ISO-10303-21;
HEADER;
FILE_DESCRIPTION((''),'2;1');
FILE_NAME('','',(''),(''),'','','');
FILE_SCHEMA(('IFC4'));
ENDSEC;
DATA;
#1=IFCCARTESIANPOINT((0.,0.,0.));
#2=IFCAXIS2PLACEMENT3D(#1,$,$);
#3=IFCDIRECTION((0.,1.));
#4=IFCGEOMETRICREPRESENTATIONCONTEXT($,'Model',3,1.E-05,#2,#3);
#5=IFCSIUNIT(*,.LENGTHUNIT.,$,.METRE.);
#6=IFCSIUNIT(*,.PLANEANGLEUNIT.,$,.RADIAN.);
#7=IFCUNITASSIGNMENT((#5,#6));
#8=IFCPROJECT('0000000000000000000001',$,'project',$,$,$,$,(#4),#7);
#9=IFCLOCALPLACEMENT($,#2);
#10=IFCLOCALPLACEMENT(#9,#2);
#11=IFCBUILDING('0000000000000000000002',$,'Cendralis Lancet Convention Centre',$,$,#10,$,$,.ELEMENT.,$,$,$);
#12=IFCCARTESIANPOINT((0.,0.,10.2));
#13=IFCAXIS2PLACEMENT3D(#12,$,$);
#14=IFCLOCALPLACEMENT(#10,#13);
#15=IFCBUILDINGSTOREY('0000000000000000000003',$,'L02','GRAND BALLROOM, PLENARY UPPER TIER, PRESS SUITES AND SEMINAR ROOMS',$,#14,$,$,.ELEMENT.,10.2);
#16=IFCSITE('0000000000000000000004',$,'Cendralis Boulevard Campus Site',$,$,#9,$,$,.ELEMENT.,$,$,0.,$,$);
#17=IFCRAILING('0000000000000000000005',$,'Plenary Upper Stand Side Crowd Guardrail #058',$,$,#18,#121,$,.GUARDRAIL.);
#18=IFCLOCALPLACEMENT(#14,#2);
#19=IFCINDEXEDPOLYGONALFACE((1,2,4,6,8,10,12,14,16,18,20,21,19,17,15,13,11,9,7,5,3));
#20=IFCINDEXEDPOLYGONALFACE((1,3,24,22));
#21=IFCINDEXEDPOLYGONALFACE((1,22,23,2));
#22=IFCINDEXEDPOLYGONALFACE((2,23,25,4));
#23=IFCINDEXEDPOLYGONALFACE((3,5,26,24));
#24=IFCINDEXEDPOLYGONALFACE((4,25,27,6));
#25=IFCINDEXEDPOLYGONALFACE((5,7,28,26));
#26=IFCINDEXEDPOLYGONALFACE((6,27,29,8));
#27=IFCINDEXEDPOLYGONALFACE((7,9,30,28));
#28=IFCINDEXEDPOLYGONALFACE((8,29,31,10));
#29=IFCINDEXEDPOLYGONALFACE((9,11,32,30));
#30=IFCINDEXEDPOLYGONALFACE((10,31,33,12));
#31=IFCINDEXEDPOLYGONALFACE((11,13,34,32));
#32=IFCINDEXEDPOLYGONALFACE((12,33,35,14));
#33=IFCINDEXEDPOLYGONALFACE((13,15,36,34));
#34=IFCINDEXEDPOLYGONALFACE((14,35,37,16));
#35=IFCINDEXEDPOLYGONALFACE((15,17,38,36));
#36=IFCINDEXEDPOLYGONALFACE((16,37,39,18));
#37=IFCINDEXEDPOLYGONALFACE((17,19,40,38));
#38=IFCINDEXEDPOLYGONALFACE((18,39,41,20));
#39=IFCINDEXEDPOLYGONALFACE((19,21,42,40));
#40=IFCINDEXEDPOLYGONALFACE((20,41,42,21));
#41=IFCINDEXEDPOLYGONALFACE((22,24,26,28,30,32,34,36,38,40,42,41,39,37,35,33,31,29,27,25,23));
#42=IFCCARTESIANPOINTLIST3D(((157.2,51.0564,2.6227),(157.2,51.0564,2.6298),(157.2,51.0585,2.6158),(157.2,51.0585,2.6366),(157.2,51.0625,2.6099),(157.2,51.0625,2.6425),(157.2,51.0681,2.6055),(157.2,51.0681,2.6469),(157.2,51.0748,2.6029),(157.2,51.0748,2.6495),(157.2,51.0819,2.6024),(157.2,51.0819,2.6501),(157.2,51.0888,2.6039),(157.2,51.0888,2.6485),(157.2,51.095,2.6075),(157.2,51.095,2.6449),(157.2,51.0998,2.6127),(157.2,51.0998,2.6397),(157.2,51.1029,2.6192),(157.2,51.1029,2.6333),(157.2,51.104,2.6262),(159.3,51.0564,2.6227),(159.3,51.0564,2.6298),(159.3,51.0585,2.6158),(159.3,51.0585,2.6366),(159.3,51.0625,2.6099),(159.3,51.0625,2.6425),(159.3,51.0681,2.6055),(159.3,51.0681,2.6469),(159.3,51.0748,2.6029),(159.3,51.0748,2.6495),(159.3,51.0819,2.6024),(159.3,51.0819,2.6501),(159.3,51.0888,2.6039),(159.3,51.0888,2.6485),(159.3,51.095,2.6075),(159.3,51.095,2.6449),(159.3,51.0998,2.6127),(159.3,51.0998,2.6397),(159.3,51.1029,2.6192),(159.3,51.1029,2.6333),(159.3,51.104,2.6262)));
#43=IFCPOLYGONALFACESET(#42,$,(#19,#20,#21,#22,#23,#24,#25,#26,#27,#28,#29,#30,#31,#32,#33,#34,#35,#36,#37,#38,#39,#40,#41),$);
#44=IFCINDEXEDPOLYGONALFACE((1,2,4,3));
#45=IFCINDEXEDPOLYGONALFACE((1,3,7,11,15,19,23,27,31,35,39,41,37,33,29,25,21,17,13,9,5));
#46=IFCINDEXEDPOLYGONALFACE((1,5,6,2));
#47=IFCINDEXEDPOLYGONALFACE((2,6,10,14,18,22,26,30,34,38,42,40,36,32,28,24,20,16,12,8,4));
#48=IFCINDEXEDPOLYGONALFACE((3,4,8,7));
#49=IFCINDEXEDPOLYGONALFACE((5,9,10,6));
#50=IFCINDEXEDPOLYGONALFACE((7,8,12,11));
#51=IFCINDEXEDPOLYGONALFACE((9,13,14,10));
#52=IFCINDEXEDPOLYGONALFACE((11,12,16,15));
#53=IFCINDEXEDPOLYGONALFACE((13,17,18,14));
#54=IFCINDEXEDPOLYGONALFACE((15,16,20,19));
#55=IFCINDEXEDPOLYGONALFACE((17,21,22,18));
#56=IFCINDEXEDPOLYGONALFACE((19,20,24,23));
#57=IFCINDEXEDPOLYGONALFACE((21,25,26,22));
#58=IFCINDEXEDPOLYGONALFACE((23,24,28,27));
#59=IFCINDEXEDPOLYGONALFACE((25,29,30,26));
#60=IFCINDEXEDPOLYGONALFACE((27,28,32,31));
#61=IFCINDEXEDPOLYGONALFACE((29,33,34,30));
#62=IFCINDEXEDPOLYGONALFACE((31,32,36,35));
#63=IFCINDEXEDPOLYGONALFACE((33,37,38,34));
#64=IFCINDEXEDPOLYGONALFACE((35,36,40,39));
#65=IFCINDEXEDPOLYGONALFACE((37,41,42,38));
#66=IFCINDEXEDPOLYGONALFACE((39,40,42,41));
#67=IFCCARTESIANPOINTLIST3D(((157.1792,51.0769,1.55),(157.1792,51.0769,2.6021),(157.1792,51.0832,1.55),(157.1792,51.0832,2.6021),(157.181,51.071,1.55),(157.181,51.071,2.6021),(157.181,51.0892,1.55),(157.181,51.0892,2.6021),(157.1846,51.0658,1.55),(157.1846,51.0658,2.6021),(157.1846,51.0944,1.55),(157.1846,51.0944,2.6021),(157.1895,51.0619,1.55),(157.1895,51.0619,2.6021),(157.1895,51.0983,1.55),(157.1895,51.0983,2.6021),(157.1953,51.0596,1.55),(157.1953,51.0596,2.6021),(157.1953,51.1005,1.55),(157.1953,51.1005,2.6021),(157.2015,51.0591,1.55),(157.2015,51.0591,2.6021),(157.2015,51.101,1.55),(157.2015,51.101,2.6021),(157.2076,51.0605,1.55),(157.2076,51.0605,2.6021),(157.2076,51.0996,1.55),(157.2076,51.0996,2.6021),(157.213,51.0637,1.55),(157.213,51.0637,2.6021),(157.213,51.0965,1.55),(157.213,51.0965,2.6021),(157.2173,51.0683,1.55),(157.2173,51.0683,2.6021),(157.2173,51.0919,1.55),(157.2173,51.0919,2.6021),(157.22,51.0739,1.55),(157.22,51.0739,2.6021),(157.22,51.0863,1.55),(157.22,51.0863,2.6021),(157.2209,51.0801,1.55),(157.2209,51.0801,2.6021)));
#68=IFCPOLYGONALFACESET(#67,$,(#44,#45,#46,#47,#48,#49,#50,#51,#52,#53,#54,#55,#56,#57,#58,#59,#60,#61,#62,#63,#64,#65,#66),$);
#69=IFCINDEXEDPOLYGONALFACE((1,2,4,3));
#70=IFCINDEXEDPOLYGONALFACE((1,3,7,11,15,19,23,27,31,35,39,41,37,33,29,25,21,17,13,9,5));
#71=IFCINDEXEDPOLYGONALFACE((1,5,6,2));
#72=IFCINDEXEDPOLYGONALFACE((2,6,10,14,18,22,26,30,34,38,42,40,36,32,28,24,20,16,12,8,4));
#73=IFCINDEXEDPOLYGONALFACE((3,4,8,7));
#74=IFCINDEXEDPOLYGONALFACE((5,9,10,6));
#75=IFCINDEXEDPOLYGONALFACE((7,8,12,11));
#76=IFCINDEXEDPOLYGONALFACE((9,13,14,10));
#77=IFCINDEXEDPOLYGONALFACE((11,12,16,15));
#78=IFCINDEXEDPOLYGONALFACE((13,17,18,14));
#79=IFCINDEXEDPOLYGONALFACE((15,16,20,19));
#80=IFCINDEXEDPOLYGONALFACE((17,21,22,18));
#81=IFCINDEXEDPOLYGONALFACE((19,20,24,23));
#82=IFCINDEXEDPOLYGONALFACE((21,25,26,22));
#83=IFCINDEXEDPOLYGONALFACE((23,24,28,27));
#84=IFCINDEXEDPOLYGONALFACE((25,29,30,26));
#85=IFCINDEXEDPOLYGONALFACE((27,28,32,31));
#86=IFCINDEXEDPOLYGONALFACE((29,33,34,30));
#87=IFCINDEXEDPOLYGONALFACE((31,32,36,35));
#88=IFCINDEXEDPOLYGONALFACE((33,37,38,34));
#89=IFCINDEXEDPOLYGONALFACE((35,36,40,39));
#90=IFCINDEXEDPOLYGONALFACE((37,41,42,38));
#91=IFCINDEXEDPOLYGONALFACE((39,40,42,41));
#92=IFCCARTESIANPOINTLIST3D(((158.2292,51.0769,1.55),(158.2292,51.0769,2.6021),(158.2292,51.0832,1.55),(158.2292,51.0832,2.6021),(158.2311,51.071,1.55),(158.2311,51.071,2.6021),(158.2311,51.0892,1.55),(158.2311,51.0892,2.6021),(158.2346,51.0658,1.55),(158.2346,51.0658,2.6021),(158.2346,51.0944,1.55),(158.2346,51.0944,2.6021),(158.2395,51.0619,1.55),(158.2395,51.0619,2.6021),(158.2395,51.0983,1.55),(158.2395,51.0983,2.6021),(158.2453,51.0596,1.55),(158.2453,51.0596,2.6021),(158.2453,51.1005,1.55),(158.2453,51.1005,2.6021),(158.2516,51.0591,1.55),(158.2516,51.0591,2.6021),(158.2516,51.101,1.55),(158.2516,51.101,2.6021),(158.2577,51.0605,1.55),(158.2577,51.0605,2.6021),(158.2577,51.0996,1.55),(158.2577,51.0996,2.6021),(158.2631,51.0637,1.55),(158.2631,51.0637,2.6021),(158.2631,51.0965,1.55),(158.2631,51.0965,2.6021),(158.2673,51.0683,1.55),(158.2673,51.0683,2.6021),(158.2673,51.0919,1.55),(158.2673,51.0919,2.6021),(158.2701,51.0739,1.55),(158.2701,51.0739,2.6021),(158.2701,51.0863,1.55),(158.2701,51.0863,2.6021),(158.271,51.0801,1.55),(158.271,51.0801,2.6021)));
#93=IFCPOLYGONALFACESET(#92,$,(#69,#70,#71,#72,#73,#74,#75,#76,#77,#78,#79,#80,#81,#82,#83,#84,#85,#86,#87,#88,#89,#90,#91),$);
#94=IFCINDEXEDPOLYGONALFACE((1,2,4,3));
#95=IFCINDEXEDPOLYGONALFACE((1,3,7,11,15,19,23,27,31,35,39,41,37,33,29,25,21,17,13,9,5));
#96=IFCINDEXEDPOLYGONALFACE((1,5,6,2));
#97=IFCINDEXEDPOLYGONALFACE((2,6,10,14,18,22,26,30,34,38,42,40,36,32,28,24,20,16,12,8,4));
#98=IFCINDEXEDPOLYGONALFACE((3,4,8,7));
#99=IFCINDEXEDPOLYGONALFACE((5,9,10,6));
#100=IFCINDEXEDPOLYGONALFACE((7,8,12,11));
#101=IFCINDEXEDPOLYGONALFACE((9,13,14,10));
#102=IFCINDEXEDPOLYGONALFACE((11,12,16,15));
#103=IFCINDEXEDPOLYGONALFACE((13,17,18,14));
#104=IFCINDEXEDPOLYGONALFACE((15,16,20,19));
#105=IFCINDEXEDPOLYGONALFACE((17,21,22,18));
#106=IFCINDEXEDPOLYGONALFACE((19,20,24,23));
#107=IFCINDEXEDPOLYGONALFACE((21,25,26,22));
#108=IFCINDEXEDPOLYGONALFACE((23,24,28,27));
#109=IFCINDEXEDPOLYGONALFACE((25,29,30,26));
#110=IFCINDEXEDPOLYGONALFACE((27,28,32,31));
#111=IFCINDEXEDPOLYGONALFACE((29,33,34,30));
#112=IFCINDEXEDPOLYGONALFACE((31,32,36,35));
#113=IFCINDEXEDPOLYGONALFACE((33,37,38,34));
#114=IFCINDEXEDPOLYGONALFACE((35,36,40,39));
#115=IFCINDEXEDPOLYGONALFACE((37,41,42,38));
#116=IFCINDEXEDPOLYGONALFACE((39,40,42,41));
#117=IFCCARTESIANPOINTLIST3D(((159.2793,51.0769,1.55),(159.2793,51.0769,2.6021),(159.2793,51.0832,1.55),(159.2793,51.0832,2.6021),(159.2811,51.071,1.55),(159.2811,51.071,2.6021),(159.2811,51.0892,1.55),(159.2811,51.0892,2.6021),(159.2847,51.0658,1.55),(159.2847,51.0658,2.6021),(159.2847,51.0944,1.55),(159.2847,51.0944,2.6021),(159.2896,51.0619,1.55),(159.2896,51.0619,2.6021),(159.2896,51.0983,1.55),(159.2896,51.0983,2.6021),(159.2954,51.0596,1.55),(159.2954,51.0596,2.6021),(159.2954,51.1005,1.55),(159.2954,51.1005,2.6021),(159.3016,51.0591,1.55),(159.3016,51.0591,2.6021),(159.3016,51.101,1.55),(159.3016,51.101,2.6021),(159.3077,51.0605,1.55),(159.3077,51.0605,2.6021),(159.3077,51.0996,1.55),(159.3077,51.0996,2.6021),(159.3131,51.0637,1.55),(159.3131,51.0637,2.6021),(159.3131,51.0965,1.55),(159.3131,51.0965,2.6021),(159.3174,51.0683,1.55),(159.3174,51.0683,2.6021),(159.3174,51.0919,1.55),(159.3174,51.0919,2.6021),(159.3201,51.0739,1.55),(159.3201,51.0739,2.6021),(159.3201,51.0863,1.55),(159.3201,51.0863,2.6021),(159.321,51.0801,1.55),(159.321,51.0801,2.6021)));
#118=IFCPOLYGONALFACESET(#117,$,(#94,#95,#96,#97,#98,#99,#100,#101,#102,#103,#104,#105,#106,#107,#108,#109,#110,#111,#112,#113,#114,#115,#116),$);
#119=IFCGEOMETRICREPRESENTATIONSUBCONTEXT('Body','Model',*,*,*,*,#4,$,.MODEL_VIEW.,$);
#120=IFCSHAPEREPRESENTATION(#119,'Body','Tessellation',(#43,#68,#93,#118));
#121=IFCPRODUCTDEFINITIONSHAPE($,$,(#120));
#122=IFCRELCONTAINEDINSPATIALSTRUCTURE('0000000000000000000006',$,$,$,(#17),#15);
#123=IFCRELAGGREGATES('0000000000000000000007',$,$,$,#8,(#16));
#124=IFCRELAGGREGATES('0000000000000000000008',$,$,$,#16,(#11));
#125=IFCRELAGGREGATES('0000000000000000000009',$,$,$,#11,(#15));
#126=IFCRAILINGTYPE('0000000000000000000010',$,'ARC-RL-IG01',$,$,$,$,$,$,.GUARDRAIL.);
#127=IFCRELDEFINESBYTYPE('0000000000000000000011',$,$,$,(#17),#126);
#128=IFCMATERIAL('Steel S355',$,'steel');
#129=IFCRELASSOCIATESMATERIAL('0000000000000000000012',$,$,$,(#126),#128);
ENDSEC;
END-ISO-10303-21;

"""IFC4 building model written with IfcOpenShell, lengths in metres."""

from ifc_helpers import new_model, si_unit, direction, frame, origin, origin_2d, place, context, subcontext, project, spatial, circle, extrude, material, type_object, element, save


model = new_model("IFC4")

# Units and contexts
model_context = context("Model", 3, precision=1e-05, world=origin(), true_north=direction((0.0, 1.0)))
body_context = subcontext(model_context, "Body", "Model", "MODEL_VIEW")
ifc_project = project(units=[si_unit("LENGTHUNIT", "METRE"), si_unit("PLANEANGLEUNIT", "RADIAN")], contexts=[model_context])

# Site, building, storey
site_placement = place(None, origin())
site = spatial("IfcSite", under=ifc_project, at=site_placement, Name="Cendralis Boulevard Campus Site", CompositionType="ELEMENT", RefElevation=0.0)
building_placement = place(site_placement, origin())
building = spatial("IfcBuilding", under=site, at=building_placement, Name="Cendralis Lancet Convention Centre", CompositionType="ELEMENT")
storey_placement = place(building_placement, frame((0.0, 0.0, 10.2)))
storey = spatial("IfcBuildingStorey", under=building, at=storey_placement, Name="L02", Description="GRAND BALLROOM, PLENARY UPPER TIER, PRESS SUITES AND SEMINAR ROOMS", CompositionType="ELEMENT", Elevation=10.2)

# Shared definitions
ifc_material_1 = material(Name="Steel S355", Category="steel")

# Railing
railing_type = type_object("IfcRailingType", Name="ARC-RL-IG01", PredefinedType="GUARDRAIL", material=ifc_material_1)
railing_1_placement = place(storey_placement, frame((157.2, 51.0801, 1.55)))
element("IfcRailing", 1, at=railing_1_placement, inside=storey, type_object=railing_type, Name="Plenary Upper Stand Side Crowd Guardrail #058", PredefinedType="GUARDRAIL", context=body_context, shape_type="SweptSolid", body=[
    extrude(circle(Radius=0.0239, at=origin_2d()), frame((0.0, 0.0, 1.0762), z_axis=(1.0, 0.0, 0.0), x_axis=(0.0, 1.0, 0.0)), (0.0, 0.0, 1.0), 2.1001),
    extrude(circle(Radius=0.021, at=origin_2d()), origin(), (0.0, 0.0, 1.0), 1.052),
    extrude(circle(Radius=0.021, at=origin_2d()), frame((1.05, 0.0, 0.0)), (0.0, 0.0, 1.0), 1.052),
    extrude(circle(Radius=0.021, at=origin_2d()), frame((2.1001, 0.0, 0.0)), (0.0, 0.0, 1.0), 1.052),
])

save(model, "model.ifc")
